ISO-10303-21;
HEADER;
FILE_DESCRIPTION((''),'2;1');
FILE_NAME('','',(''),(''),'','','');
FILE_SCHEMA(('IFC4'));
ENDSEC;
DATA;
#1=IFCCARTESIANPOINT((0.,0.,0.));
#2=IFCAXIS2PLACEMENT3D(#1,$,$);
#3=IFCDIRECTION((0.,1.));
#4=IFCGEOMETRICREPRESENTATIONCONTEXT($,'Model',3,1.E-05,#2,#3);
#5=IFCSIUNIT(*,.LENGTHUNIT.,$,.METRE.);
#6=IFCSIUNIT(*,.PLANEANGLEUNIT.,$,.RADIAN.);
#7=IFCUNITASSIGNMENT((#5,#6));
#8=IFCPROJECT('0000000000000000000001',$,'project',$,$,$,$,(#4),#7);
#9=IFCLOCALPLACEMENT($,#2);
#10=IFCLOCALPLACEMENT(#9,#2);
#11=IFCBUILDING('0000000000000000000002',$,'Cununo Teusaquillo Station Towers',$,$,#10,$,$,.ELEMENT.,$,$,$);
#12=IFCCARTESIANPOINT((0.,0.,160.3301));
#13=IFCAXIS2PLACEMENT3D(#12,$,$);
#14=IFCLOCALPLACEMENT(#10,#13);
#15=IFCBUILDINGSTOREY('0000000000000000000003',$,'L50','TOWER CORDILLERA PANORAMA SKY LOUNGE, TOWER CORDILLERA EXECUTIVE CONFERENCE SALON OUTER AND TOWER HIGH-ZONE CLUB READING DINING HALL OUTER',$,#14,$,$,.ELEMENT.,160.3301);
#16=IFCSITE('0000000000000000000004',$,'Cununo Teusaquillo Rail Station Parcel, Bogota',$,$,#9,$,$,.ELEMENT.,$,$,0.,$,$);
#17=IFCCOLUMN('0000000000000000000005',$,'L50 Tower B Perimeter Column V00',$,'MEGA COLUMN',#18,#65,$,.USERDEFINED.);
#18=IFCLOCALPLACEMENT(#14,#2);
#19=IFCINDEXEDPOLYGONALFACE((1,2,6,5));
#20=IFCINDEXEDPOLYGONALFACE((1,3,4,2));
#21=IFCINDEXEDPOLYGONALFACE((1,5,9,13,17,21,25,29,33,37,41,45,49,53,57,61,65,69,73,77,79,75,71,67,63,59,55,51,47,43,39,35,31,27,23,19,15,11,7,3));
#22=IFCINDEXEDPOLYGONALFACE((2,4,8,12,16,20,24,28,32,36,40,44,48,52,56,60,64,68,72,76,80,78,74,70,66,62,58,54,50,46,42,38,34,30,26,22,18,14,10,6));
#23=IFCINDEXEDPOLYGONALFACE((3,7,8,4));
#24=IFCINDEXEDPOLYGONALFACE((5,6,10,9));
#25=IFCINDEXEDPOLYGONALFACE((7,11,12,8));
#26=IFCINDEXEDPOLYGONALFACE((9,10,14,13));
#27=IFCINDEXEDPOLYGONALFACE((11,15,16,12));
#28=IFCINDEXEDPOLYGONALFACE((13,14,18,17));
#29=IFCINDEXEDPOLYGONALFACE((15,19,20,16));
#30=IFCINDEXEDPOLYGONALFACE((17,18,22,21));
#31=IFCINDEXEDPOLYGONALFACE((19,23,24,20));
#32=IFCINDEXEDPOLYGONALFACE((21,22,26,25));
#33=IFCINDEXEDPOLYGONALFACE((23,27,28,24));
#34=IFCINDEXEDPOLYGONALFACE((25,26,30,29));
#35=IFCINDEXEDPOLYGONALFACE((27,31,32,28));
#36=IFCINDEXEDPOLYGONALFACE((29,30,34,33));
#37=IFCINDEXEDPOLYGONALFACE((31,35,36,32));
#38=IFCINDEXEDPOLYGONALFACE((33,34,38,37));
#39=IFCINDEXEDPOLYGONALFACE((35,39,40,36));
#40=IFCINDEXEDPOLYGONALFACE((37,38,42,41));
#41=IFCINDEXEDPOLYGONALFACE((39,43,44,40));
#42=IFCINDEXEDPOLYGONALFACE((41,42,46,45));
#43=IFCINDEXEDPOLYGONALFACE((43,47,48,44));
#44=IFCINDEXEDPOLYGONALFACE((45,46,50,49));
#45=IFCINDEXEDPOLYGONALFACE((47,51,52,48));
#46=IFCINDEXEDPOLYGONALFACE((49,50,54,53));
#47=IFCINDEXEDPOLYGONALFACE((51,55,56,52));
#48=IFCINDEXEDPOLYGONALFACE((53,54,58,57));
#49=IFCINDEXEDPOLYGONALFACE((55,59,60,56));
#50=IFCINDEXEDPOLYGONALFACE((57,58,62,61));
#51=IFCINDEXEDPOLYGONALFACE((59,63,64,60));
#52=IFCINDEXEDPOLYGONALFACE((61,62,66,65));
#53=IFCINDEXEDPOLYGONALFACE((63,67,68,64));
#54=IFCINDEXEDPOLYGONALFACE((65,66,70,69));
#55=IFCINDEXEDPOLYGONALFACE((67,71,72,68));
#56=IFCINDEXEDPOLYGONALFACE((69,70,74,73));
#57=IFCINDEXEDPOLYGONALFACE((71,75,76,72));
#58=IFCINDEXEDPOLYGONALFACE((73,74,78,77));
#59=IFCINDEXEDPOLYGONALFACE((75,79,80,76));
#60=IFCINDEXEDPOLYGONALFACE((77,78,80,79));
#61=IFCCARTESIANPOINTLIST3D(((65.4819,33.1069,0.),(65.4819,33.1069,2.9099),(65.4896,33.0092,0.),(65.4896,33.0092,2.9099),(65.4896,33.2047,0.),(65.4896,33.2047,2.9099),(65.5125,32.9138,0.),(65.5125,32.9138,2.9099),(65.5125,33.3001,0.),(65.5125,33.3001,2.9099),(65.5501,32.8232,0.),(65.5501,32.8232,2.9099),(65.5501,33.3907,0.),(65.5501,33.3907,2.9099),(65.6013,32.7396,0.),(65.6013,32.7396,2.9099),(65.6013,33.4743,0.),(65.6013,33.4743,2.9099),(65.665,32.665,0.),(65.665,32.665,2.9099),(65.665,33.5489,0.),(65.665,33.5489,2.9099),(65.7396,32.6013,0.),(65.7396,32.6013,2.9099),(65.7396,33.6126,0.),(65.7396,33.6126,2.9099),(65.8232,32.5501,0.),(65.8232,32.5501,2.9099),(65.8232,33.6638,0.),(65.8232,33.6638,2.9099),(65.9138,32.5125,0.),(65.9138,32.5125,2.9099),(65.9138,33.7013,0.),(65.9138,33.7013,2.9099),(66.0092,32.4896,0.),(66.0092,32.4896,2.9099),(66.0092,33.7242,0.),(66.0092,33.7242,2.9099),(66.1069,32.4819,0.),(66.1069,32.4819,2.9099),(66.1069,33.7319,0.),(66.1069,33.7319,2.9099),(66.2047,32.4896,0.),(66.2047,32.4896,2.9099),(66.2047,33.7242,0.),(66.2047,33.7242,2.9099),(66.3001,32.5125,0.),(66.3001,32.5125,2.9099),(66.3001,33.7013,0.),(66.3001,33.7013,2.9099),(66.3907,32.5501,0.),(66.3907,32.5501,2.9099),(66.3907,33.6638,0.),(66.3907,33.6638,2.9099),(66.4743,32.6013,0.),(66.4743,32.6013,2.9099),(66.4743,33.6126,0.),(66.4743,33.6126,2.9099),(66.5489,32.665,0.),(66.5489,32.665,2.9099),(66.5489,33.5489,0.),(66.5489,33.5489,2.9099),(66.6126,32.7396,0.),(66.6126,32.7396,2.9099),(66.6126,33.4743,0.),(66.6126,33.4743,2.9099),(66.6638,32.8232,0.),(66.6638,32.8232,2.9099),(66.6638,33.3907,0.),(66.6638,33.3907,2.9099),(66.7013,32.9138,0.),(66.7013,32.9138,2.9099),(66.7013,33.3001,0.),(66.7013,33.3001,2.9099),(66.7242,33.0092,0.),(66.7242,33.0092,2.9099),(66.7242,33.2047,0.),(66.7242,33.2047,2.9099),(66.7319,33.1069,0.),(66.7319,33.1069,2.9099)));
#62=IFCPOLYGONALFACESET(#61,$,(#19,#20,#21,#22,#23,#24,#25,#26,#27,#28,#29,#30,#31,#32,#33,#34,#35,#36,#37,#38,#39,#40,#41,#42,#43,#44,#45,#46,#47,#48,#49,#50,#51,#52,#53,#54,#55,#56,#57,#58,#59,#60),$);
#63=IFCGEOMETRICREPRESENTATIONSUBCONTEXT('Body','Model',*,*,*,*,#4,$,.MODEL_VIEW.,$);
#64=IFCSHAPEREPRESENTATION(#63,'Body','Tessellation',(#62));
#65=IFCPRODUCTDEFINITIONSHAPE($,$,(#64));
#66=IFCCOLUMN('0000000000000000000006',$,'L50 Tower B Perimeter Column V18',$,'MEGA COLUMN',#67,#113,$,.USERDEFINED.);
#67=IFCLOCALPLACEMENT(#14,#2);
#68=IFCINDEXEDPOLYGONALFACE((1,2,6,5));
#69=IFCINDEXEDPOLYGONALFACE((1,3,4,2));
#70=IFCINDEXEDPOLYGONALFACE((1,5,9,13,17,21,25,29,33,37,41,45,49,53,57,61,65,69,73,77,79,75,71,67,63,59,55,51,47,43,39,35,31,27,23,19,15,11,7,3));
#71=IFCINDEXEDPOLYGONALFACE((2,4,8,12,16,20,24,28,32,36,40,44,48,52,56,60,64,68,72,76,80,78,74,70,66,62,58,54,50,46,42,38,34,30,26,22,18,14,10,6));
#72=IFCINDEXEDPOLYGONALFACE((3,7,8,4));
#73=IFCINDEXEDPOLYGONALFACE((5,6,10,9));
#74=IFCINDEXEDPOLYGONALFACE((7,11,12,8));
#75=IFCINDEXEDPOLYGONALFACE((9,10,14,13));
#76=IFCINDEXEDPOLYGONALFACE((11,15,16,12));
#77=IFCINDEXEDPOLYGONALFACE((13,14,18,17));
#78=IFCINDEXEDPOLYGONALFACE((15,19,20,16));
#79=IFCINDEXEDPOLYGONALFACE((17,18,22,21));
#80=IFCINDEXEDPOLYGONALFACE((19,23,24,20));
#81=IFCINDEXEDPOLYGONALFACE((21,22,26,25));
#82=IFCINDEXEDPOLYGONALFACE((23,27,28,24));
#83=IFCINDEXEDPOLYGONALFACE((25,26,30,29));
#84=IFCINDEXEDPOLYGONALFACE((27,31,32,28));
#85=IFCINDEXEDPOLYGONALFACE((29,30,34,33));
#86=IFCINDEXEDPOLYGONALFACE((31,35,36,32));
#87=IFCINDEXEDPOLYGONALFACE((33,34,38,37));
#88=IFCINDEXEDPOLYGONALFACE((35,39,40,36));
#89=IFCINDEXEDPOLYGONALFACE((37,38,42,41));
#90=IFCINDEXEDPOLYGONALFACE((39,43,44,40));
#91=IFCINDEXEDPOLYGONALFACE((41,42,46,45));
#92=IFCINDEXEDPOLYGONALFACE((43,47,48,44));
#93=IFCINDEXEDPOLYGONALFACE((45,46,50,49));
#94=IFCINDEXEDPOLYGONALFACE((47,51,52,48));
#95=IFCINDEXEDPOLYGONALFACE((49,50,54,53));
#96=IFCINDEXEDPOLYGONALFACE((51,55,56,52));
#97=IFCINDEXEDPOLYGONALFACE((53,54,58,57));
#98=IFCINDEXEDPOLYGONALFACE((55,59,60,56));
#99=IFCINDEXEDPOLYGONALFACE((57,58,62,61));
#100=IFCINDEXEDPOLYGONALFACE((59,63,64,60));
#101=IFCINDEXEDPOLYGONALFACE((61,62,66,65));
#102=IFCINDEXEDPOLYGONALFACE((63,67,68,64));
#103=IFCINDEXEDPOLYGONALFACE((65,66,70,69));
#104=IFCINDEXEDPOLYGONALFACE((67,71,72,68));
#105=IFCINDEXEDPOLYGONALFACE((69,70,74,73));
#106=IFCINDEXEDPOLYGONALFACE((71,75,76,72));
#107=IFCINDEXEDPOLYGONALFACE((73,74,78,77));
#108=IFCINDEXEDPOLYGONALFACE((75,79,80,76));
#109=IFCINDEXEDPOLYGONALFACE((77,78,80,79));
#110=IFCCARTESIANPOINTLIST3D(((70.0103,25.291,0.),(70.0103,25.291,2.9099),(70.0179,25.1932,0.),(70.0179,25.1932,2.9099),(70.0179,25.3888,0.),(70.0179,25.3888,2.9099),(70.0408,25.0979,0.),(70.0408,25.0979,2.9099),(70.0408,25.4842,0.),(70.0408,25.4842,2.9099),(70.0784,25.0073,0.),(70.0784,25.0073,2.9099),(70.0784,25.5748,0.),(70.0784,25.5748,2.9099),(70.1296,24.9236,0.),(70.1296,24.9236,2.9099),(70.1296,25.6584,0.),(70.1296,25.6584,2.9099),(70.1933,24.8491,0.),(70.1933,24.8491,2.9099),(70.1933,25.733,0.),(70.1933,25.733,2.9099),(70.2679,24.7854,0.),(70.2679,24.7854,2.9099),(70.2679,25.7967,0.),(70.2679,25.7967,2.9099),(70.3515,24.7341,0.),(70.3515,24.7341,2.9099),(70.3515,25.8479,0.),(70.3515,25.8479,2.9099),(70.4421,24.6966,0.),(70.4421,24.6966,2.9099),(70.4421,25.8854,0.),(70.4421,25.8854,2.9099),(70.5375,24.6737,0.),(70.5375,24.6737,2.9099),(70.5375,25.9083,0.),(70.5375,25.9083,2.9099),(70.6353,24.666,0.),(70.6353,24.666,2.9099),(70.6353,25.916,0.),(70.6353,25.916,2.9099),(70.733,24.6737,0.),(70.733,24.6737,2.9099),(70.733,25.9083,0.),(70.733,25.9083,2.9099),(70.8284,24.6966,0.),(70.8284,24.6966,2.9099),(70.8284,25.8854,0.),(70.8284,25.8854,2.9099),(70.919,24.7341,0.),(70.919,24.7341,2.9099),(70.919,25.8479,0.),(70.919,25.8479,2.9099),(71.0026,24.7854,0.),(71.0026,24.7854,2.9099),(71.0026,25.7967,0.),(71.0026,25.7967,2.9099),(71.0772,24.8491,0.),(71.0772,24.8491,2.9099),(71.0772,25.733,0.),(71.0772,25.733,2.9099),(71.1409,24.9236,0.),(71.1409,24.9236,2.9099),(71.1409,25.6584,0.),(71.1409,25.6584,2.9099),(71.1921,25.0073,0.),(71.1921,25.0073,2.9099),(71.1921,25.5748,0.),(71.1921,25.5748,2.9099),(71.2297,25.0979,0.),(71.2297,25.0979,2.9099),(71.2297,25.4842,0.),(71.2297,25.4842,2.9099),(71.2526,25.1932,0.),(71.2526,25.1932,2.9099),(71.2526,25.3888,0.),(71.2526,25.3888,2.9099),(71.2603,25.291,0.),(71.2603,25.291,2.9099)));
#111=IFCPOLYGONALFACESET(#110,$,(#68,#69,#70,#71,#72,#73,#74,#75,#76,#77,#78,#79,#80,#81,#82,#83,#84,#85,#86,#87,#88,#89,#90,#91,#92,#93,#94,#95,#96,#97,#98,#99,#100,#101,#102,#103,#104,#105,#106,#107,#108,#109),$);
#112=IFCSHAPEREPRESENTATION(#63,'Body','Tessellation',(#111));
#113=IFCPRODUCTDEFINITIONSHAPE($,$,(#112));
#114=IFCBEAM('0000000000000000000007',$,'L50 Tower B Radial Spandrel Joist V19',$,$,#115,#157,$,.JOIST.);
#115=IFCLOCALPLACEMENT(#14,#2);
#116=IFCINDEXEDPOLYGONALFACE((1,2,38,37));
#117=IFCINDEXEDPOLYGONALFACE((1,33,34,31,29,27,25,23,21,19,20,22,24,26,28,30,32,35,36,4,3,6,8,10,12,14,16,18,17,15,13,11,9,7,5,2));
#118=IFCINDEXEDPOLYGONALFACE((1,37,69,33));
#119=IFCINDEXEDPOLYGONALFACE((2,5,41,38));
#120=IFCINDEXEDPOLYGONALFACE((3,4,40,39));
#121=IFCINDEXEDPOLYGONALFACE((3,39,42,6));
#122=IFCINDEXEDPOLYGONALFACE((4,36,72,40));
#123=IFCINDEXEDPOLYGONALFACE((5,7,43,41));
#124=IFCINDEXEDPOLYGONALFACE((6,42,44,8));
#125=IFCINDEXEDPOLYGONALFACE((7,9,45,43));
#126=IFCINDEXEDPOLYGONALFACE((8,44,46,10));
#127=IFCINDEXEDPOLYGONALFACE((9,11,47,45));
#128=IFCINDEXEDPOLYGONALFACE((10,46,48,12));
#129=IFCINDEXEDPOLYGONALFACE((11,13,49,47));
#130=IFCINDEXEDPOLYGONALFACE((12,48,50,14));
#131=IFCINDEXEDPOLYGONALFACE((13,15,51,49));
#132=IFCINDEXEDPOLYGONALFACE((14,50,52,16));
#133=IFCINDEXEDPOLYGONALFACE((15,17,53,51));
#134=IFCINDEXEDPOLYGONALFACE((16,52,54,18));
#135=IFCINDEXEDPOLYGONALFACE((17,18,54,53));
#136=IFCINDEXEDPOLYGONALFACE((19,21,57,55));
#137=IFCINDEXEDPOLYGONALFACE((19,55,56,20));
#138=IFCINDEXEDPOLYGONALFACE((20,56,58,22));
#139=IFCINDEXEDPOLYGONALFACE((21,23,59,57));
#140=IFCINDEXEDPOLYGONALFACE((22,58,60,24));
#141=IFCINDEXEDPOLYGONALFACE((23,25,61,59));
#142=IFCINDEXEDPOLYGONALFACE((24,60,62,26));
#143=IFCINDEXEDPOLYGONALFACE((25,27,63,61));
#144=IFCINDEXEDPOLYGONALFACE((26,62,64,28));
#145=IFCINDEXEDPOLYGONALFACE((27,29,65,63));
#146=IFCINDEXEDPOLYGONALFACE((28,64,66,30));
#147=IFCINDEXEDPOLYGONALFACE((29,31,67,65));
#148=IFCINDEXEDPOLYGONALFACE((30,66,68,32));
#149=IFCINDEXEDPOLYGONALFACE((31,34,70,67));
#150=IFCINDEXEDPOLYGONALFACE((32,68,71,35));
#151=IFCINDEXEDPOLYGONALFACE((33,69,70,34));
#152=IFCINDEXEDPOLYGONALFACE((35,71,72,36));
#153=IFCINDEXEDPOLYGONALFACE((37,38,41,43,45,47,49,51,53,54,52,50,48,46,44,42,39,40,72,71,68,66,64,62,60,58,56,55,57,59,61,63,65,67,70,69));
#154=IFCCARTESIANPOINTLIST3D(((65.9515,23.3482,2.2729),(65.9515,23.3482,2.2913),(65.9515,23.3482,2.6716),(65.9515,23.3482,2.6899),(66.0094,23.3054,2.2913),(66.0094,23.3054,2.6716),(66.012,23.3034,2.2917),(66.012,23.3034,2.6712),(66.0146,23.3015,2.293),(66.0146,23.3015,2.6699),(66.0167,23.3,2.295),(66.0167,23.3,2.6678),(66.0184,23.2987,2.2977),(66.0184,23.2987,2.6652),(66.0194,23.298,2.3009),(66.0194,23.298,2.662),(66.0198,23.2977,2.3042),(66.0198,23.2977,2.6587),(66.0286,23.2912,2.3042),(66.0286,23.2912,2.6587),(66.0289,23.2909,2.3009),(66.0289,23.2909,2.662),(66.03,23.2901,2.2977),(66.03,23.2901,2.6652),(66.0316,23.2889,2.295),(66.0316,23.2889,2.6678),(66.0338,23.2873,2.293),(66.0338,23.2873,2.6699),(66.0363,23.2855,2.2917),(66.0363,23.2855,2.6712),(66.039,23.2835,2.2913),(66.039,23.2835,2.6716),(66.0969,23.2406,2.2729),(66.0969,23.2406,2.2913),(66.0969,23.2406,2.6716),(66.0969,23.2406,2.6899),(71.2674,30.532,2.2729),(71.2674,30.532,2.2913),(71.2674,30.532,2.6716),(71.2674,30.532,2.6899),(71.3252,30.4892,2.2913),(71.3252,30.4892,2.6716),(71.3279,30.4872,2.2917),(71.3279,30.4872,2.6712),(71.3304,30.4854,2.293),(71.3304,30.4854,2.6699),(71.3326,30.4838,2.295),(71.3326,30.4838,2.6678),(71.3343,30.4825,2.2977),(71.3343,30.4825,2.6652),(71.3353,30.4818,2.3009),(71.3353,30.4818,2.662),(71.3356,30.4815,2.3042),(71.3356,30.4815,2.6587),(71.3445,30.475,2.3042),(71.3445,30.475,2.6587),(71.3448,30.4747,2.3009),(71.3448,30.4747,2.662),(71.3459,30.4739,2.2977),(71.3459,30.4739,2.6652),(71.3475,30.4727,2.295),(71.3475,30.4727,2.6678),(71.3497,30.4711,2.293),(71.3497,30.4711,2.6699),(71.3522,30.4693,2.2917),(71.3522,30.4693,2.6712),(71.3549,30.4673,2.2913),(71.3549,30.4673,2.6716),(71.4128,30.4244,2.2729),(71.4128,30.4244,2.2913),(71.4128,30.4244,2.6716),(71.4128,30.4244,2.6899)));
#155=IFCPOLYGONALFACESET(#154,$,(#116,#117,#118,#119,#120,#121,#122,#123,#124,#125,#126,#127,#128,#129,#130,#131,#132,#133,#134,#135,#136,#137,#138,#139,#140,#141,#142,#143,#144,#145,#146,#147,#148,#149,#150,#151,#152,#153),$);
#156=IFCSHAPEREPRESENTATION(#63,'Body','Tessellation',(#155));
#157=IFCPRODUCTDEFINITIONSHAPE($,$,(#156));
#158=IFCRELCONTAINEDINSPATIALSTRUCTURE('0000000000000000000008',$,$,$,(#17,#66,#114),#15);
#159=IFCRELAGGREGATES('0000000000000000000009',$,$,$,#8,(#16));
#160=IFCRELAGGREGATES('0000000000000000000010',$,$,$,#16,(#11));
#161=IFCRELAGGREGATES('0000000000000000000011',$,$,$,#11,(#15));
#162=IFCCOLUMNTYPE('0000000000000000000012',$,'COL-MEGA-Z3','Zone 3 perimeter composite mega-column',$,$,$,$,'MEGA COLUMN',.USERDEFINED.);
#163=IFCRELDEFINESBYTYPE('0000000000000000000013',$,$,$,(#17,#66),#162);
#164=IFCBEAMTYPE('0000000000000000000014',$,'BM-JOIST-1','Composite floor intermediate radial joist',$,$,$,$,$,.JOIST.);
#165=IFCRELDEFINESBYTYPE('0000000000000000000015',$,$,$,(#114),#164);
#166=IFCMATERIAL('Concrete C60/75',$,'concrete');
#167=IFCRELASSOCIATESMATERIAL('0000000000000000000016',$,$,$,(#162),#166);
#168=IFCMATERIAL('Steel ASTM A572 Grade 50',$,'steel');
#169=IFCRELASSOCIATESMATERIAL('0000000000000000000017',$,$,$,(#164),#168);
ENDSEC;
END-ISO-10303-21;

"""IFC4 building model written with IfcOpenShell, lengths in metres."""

from ifc_helpers import new_model, si_unit, direction, frame, origin, origin_2d, place, context, subcontext, project, spatial, circle, i_section, extrude, material, material_profile, profile_set, type_object, element, save


model = new_model("IFC4")

# Units and contexts
model_context = context("Model", 3, precision=1e-05, world=origin(), true_north=direction((0.0, 1.0)))
body_context = subcontext(model_context, "Body", "Model", "MODEL_VIEW")
ifc_project = project(units=[si_unit("LENGTHUNIT", "METRE"), si_unit("PLANEANGLEUNIT", "RADIAN")], contexts=[model_context])

# Site, building, storey
site_placement = place(None, origin())
site = spatial("IfcSite", under=ifc_project, at=site_placement, Name="Cununo Teusaquillo Rail Station Parcel, Bogota", CompositionType="ELEMENT", RefElevation=0.0)
building_placement = place(site_placement, origin())
building = spatial("IfcBuilding", under=site, at=building_placement, Name="Cununo Teusaquillo Station Towers", CompositionType="ELEMENT")
storey_placement = place(building_placement, frame((0.0, 0.0, 160.3301)))
storey = spatial("IfcBuildingStorey", under=building, at=storey_placement, Name="L50", Description="TOWER CORDILLERA PANORAMA SKY LOUNGE, TOWER CORDILLERA EXECUTIVE CONFERENCE SALON OUTER AND TOWER HIGH-ZONE CLUB READING DINING HALL OUTER", CompositionType="ELEMENT", Elevation=160.3301)

# Columns
ifc_material_1 = material(Name="Concrete C60/75", Category="concrete")
ifc_material_profile_1 = material_profile(ifc_material_1, circle(Radius=0.625, at=origin_2d()), Name="RC-CIRC-1250")
ifc_profile_set_1 = profile_set([ifc_material_profile_1], Name="Concrete C60/75")
column_type = type_object("IfcColumnType", Name="COL-MEGA-Z3", Description="Zone 3 perimeter composite mega-column", ElementType="MEGA COLUMN", PredefinedType="USERDEFINED", material=ifc_profile_set_1)
for number, where, z_axis, x_axis, name in (
    (1, (66.1069, 33.1069, 0.0), (0.0, 0.0, 1.0), (1.0, 0.0, 0.0), "L50 Tower B Perimeter Column V00"),
    (2, (70.6353, 25.291, 0.0), (0.0, 0.0, 1.0), (1.0, 0.0, 0.0), "L50 Tower B Perimeter Column V18"),
):
    element("IfcColumn", number, at=place(storey_placement, frame(where, z_axis=z_axis, x_axis=x_axis)), inside=storey, type_object=column_type, Name=name, ObjectType="MEGA COLUMN", PredefinedType="USERDEFINED", context=body_context, shape_type="SweptSolid", body=[
        extrude(circle(Radius=0.625, at=origin_2d()), origin(), (0.0, 0.0, 1.0), 2.9099),
    ])

# Beam
ifc_material_2 = material(Name="Steel ASTM A572 Grade 50", Category="steel")
ifc_material_profile_2 = material_profile(ifc_material_2, i_section(OverallWidth=0.1809, OverallDepth=0.417, WebThickness=0.011, FlangeThickness=0.0183, FilletRadius=0.0129, at=origin_2d()), Name="W16X57")
ifc_profile_set_2 = profile_set([ifc_material_profile_2], Name="Steel ASTM A572 Grade 50")
beam_type_1 = type_object("IfcBeamType", Name="BM-JOIST-1", Description="Composite floor intermediate radial joist", PredefinedType="JOIST", material=ifc_profile_set_2)
beam_1_placement = place(storey_placement, frame((66.0242, 23.2944, 2.4814), z_axis=(0.594834, 0.803848, 0.0), x_axis=(-0.803848, 0.594834, 0.0)))
element("IfcBeam", 3, at=beam_1_placement, inside=storey, type_object=beam_type_1, Name="L50 Tower B Radial Spandrel Joist V19", PredefinedType="JOIST", context=body_context, shape_type="SweptSolid", body=[
    extrude(i_section(OverallWidth=0.1809, OverallDepth=0.417, WebThickness=0.011, FlangeThickness=0.0183, FilletRadius=0.0129, at=origin_2d()), origin(), (0.0, 0.0, 1.0), 8.9368),
])

save(model, "model.ifc")
